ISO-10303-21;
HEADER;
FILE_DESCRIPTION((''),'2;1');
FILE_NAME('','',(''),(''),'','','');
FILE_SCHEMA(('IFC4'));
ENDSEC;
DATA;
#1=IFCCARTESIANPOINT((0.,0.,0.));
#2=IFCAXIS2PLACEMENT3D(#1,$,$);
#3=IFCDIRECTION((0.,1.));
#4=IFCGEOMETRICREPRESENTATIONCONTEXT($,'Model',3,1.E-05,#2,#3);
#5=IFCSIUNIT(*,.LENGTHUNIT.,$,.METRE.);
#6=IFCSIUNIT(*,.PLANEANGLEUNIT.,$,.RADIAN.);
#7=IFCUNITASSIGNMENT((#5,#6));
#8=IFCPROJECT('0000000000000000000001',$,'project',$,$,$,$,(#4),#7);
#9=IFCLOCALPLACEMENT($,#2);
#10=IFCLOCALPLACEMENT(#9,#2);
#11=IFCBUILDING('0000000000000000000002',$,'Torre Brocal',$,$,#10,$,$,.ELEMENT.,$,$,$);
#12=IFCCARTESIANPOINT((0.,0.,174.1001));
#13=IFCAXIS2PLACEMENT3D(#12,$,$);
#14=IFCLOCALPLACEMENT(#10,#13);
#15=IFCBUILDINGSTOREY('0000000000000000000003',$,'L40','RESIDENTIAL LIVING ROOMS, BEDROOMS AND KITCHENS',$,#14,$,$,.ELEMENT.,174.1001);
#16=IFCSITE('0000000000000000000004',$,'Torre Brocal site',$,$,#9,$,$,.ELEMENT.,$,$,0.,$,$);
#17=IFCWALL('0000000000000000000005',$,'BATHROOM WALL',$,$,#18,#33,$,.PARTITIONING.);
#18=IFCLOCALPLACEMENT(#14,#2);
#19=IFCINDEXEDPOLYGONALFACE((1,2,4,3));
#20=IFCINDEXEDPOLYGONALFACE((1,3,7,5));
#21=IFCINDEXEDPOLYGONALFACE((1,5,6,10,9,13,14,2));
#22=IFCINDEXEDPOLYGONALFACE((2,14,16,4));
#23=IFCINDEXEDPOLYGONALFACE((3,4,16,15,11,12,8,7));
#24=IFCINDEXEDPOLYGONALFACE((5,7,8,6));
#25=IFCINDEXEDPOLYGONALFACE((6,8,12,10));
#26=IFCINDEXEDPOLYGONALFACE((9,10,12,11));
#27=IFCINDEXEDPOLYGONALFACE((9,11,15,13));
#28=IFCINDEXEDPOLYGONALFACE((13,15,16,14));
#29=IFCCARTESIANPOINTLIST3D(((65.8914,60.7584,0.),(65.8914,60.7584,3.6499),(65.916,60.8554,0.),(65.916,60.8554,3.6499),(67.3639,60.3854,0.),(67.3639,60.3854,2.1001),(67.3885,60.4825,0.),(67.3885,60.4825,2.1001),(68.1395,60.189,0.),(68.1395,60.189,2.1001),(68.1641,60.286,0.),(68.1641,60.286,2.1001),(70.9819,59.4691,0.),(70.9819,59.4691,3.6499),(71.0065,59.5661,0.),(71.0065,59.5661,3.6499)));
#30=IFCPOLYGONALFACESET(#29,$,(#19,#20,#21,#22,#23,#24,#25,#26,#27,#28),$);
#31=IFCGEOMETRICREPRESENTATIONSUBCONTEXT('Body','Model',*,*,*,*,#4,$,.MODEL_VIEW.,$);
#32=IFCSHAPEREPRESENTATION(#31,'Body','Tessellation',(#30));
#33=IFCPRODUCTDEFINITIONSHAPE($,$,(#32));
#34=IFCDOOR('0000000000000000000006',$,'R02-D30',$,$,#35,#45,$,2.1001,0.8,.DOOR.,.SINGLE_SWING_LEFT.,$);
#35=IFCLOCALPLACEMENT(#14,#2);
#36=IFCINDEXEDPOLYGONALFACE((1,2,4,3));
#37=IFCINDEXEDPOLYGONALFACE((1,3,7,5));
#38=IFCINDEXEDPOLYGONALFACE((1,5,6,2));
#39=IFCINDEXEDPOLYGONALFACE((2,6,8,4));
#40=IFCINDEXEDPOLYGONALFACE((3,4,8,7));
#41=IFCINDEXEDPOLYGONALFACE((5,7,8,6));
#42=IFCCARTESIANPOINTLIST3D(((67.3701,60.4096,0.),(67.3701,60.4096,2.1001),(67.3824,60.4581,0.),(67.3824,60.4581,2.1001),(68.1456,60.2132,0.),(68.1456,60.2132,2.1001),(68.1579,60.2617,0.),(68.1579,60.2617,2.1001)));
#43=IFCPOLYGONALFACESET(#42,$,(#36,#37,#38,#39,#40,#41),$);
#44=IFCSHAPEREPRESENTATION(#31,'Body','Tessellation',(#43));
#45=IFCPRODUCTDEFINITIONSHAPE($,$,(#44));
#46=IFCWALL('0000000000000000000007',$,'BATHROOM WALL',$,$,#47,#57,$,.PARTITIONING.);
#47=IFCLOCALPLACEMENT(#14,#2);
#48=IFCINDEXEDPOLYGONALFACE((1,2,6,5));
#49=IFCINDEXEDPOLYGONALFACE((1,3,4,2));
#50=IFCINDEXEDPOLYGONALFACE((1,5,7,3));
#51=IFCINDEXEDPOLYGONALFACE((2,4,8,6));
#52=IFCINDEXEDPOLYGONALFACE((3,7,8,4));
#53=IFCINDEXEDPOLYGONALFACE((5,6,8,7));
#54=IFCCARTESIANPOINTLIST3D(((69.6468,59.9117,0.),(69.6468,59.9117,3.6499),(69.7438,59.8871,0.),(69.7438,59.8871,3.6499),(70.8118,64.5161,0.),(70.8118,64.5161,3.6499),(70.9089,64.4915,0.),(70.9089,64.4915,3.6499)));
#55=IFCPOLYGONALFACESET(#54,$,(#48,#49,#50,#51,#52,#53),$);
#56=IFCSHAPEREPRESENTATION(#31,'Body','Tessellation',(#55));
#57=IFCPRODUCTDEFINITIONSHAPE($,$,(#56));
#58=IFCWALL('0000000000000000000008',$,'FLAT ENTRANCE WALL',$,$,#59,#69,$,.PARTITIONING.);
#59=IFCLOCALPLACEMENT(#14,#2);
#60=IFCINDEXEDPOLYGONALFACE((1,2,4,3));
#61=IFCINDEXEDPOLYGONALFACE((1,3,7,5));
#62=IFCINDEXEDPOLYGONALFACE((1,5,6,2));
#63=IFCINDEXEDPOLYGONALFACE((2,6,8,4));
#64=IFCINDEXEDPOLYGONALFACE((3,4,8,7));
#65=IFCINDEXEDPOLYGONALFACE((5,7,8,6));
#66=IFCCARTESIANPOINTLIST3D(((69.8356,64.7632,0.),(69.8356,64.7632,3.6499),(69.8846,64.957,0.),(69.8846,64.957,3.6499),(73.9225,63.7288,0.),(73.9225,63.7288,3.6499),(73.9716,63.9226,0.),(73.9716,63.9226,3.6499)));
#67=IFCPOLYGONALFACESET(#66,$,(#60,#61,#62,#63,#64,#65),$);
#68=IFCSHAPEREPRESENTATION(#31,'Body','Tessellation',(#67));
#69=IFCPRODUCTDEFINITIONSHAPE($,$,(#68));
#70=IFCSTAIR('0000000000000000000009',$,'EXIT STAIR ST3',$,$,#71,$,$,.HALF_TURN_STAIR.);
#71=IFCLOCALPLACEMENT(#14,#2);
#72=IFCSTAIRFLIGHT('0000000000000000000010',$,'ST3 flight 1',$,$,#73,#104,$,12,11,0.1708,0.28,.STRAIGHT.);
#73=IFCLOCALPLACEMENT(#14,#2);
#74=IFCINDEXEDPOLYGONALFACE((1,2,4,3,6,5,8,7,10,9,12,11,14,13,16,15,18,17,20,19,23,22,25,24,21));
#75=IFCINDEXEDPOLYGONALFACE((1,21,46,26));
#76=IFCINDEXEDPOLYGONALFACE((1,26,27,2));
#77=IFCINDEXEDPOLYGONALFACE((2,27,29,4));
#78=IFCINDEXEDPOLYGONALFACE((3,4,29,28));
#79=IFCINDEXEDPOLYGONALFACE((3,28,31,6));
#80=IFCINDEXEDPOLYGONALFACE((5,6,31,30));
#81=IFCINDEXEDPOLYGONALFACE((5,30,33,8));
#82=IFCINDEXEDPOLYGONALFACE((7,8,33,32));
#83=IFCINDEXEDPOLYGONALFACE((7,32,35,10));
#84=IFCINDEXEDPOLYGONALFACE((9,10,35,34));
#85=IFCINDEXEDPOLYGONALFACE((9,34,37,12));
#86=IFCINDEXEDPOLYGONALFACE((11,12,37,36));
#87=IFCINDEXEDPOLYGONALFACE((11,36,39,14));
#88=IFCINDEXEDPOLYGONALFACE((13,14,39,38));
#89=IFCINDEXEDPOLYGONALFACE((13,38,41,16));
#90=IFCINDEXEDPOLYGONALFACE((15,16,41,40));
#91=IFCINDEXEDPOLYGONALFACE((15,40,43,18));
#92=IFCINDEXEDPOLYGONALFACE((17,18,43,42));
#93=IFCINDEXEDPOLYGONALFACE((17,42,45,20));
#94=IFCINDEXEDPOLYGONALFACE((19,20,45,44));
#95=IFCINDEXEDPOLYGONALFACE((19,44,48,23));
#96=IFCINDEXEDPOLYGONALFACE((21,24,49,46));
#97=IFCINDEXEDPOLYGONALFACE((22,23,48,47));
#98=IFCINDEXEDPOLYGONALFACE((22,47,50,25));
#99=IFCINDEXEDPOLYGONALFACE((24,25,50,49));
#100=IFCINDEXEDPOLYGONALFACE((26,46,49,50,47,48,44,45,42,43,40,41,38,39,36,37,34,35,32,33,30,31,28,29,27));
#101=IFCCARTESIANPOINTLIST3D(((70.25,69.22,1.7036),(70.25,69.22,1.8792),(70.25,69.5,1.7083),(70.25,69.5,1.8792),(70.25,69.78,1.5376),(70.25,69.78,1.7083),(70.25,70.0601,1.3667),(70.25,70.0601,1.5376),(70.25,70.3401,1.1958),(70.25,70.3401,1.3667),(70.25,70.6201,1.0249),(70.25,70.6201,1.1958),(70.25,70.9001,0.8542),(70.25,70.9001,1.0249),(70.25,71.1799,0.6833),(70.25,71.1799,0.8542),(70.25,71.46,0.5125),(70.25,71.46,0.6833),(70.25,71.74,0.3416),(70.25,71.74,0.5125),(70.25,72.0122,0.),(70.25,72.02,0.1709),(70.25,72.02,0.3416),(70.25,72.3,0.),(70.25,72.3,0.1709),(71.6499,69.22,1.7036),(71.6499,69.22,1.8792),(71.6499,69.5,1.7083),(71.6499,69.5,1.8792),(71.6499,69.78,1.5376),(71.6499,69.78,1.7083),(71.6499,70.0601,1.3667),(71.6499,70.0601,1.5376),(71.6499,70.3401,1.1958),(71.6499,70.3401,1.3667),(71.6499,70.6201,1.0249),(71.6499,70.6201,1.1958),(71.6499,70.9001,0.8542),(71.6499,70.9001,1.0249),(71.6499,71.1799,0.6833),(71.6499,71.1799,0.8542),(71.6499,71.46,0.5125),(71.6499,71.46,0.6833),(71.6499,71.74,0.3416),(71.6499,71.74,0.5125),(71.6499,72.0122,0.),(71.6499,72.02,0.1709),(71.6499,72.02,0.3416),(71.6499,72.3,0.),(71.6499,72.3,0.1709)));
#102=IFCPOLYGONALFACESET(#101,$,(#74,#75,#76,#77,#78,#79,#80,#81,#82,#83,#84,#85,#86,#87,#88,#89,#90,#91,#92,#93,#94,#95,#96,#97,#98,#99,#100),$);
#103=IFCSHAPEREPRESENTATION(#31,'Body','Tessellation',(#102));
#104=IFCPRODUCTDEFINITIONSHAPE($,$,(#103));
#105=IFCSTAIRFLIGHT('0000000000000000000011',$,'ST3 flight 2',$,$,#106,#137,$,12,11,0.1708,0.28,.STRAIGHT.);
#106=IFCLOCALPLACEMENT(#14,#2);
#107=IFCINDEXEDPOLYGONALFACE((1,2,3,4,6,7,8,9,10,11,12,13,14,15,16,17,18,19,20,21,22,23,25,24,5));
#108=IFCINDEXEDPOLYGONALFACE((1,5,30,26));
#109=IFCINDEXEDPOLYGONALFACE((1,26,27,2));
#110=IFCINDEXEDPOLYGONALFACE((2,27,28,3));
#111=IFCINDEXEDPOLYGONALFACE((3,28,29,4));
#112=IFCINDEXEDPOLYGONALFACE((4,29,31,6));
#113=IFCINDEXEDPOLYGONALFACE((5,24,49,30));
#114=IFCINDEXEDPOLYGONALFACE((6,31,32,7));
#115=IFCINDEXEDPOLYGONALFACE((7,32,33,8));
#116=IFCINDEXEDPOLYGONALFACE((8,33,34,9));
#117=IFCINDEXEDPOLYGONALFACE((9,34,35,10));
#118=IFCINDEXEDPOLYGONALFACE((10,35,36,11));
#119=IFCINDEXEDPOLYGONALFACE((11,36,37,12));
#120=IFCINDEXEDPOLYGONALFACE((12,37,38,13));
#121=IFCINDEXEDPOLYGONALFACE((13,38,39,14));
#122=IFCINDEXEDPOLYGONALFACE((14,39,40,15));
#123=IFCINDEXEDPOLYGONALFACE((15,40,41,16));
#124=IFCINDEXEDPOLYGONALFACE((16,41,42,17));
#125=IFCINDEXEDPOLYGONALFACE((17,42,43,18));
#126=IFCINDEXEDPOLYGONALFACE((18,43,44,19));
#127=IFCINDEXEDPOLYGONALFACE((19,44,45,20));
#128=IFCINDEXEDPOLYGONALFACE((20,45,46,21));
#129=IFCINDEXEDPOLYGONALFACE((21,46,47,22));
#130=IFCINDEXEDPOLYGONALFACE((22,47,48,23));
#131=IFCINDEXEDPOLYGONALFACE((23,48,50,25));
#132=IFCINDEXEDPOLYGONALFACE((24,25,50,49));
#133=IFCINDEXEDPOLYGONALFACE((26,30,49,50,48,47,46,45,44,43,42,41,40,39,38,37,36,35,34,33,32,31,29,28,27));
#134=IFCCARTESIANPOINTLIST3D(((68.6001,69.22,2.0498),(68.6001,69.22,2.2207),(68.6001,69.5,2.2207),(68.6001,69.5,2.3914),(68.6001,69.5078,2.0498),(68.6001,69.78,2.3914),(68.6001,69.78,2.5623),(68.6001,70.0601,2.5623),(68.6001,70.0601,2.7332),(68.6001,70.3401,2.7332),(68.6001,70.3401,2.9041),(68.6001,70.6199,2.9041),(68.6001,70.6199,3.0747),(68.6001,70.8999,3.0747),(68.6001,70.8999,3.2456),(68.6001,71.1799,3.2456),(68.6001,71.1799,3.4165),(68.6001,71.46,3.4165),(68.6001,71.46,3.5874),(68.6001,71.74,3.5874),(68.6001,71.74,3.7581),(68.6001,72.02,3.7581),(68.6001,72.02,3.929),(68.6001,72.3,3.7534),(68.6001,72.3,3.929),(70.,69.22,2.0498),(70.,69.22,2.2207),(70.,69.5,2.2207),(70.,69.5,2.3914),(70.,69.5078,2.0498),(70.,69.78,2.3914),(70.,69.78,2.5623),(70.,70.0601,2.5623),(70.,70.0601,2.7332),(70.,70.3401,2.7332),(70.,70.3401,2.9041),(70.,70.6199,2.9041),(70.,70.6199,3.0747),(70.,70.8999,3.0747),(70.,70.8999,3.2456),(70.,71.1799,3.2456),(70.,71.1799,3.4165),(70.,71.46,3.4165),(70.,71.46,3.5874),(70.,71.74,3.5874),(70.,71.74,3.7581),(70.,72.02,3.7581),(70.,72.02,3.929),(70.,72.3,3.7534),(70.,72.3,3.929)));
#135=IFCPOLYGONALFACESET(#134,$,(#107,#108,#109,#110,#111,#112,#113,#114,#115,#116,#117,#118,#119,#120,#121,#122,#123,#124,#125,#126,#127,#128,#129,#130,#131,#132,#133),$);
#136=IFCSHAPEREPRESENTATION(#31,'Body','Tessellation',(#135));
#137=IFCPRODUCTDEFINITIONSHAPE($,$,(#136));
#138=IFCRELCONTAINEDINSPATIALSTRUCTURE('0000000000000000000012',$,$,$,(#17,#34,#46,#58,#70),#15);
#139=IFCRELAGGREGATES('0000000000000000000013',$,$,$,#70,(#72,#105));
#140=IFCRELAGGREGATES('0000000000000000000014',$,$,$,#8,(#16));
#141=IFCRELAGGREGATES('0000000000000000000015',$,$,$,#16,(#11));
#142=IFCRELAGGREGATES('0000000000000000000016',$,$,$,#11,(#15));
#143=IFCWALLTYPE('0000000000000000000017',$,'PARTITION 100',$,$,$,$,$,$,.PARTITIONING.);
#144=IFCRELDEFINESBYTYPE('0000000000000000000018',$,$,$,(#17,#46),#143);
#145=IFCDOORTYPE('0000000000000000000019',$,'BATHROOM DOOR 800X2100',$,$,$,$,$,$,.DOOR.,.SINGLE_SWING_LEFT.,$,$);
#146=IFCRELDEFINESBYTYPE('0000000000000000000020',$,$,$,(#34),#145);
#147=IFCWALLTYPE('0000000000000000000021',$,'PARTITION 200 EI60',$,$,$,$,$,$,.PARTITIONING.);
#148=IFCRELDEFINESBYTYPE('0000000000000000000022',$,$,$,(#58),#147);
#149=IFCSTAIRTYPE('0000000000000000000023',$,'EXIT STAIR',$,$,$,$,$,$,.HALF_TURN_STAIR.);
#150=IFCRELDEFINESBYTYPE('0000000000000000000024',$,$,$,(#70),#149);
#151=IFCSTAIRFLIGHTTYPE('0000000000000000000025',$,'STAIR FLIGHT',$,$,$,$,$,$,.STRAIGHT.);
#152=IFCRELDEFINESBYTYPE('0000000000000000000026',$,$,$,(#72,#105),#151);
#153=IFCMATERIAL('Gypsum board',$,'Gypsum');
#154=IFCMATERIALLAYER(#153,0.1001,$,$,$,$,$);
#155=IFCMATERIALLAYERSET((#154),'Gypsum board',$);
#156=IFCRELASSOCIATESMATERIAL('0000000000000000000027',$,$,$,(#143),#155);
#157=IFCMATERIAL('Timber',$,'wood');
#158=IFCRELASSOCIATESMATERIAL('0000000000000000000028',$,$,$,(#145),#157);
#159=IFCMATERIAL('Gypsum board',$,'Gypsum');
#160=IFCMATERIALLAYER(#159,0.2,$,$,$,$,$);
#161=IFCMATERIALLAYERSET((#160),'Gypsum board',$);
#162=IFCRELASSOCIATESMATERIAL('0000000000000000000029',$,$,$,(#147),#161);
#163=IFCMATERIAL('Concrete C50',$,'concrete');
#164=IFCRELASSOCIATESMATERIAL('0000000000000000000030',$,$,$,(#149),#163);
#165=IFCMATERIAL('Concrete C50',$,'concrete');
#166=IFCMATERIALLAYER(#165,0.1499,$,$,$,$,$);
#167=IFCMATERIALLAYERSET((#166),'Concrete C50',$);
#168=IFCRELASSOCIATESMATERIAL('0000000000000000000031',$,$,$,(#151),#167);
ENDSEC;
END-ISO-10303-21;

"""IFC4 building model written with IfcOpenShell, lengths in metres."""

from ifc_helpers import new_model, si_unit, direction, frame, frame_2d, origin, place, context, subcontext, project, spatial, polyline, rectangle, outline, extrude, material, layer, layer_set, type_object, element, fill, aggregate, save


model = new_model("IFC4")

# Units and contexts
model_context = context("Model", 3, precision=1e-05, world=origin(), true_north=direction((0.0, 1.0)))
body_context = subcontext(model_context, "Body", "Model", "MODEL_VIEW")
ifc_project = project(units=[si_unit("LENGTHUNIT", "METRE"), si_unit("PLANEANGLEUNIT", "RADIAN")], contexts=[model_context])

# Site, building, storey
site_placement = place(None, origin())
site = spatial("IfcSite", under=ifc_project, at=site_placement, Name="Torre Brocal site", CompositionType="ELEMENT", RefElevation=0.0)
building_placement = place(site_placement, origin())
building = spatial("IfcBuilding", under=site, at=building_placement, Name="Torre Brocal", CompositionType="ELEMENT")
storey_placement = place(building_placement, frame((0.0, 0.0, 174.1001)))
storey = spatial("IfcBuildingStorey", under=building, at=storey_placement, Name="L40", Description="RESIDENTIAL LIVING ROOMS, BEDROOMS AND KITCHENS", CompositionType="ELEMENT", Elevation=174.1001)

# Wall, opening, door
ifc_material_1 = material(Name="Gypsum board", Category="Gypsum")
ifc_layer_1 = layer(ifc_material_1, 0.1001)
ifc_layer_set_1 = layer_set([ifc_layer_1], Name="Gypsum board")
wall_type_1 = type_object("IfcWallType", Name="PARTITION 100", PredefinedType="PARTITIONING", material=ifc_layer_set_1)
wall_1_placement = place(storey_placement, frame((65.9038, 60.8069, 0.0), z_axis=(0.0, 0.0, 1.0), x_axis=(0.969391, -0.245521, 0.0)))
wall_1 = element("IfcWall", 1, at=wall_1_placement, inside=storey, type_object=wall_type_1, Name="BATHROOM WALL", PredefinedType="PARTITIONING", context=body_context, shape_type="SweptSolid", body=[
    extrude(rectangle(XDim=5.2512, YDim=0.1001, at=frame_2d((2.6255, 0.0))), origin(), (0.0, 0.0, 1.0), 3.6499),
])
opening_1_placement = place(wall_1_placement, frame((1.519, 0.0, 0.0)))
opening_1 = element("IfcOpeningElement", 2, at=opening_1_placement, cuts=wall_1, PredefinedType="OPENING", context=body_context, shape_type="SweptSolid", body=[
    extrude(rectangle(XDim=0.8, YDim=2.1001, at=frame_2d((0.3999, 1.05))), frame((0.0, 0.0601, 0.0), z_axis=(0.0, -1.0, 0.0), x_axis=(1.0, 0.0, 0.0)), (0.0, 0.0, 1.0), 0.1201),
])
ifc_material_2 = material(Name="Timber", Category="wood")
door_type_1 = type_object("IfcDoorType", Name="BATHROOM DOOR 800X2100", OperationType="SINGLE_SWING_LEFT", PredefinedType="DOOR", material=ifc_material_2)
door_1_placement = place(opening_1_placement, origin())
door_1 = element("IfcDoor", 3, at=door_1_placement, inside=storey, type_object=door_type_1, Name="R02-D30", OperationType="SINGLE_SWING_LEFT", OverallHeight=2.1001, OverallWidth=0.8, PredefinedType="DOOR", context=body_context, shape_type="SweptSolid", body=[
    extrude(rectangle(XDim=0.8, YDim=2.1001, at=frame_2d((0.3999, 1.05))), frame((0.0, 0.0249, 0.0), z_axis=(0.0, -1.0, 0.0), x_axis=(1.0, 0.0, 0.0)), (0.0, 0.0, 1.0), 0.05),
])
fill(opening_1, door_1)

# Walls
wall_2_placement = place(storey_placement, frame((69.6953, 59.8994, 0.0), z_axis=(0.0, 0.0, 1.0), x_axis=(0.245292, 0.969449, 0.0)))
element("IfcWall", 4, at=wall_2_placement, inside=storey, type_object=wall_type_1, Name="BATHROOM WALL", PredefinedType="PARTITIONING", context=body_context, shape_type="SweptSolid", body=[
    extrude(rectangle(XDim=4.7495, YDim=0.1001, at=frame_2d((2.3748, 0.0))), origin(), (0.0, 0.0, 1.0), 3.6499),
])
ifc_material_3 = material(Name="Gypsum board", Category="Gypsum")
ifc_layer_2 = layer(ifc_material_3, 0.2)
ifc_layer_set_2 = layer_set([ifc_layer_2], Name="Gypsum board")
wall_type_2 = type_object("IfcWallType", Name="PARTITION 200 EI60", PredefinedType="PARTITIONING", material=ifc_layer_set_2)
wall_3_placement = place(storey_placement, frame((69.8601, 64.8601, 0.0), z_axis=(0.0, 0.0, 1.0), x_axis=(0.96943, -0.245369, 0.0)))
element("IfcWall", 5, at=wall_3_placement, inside=storey, type_object=wall_type_2, Name="FLAT ENTRANCE WALL", PredefinedType="PARTITIONING", context=body_context, shape_type="SweptSolid", body=[
    extrude(rectangle(XDim=4.2158, YDim=0.2, at=frame_2d((2.1079, 0.0))), origin(), (0.0, 0.0, 1.0), 3.6499),
])

# Stair, stair flights
ifc_material_4 = material(Name="Concrete C50", Category="concrete")
stair_type = type_object("IfcStairType", Name="EXIT STAIR", PredefinedType="HALF_TURN_STAIR", material=ifc_material_4)
stair_placement = place(storey_placement, origin())
stair = element("IfcStair", 6, at=stair_placement, inside=storey, type_object=stair_type, Name="EXIT STAIR ST3", PredefinedType="HALF_TURN_STAIR")
ifc_material_5 = material(Name="Concrete C50", Category="concrete")
ifc_layer_3 = layer(ifc_material_5, 0.1499)
ifc_layer_set_3 = layer_set([ifc_layer_3], Name="Concrete C50")
stair_flight_type = type_object("IfcStairFlightType", Name="STAIR FLIGHT", PredefinedType="STRAIGHT", material=ifc_layer_set_3)
stair_flight_1_placement = place(storey_placement, frame((70.95, 72.3, 0.0), z_axis=(0.0, 0.0, 1.0), x_axis=(0.0, -1.0, 0.0)))
stair_flight_1 = element("IfcStairFlight", 7, at=stair_flight_1_placement, type_object=stair_flight_type, Name="ST3 flight 1", NumberOfRisers=12, NumberOfTreads=11, PredefinedType="STRAIGHT", RiserHeight=0.1708, TreadLength=0.28, context=body_context, shape_type="SweptSolid", body=[
    extrude(outline(polyline([(0.0, 0.0), (0.0, 0.1709), (0.28, 0.1709), (0.28, 0.3416), (0.5601, 0.3416), (0.5601, 0.5125), (0.8401, 0.5125), (0.8401, 0.6833), (1.1201, 0.6833), (1.1201, 0.8542), (1.3999, 0.8542), (1.3999, 1.0249), (1.6799, 1.0249), (1.6799, 1.1958), (1.96, 1.1958), (1.96, 1.3667), (2.24, 1.3667), (2.24, 1.5376), (2.52, 1.5376), (2.52, 1.7083), (2.8, 1.7083), (2.8, 1.8792), (3.0801, 1.8792), (3.0801, 2.05), (3.0801, 1.7036), (0.2878, 0.0), (0.0, 0.0)])), frame((0.0, 0.7, 0.0), z_axis=(0.0, -1.0, 0.0), x_axis=(1.0, 0.0, 0.0)), (0.0, 0.0, 1.0), 1.3999),
])
stair_flight_2_placement = place(storey_placement, frame((69.3, 69.22, 2.0498), z_axis=(0.0, 0.0, 1.0), x_axis=(0.0, 1.0, 0.0)))
stair_flight_2 = element("IfcStairFlight", 8, at=stair_flight_2_placement, type_object=stair_flight_type, Name="ST3 flight 2", NumberOfRisers=12, NumberOfTreads=11, PredefinedType="STRAIGHT", RiserHeight=0.1708, TreadLength=0.28, context=body_context, shape_type="SweptSolid", body=[
    extrude(outline(polyline([(0.0, 0.0), (0.0, 0.1709), (0.28, 0.1709), (0.28, 0.3416), (0.5601, 0.3416), (0.5601, 0.5125), (0.8401, 0.5125), (0.8401, 0.6833), (1.1201, 0.6833), (1.1201, 0.8542), (1.3999, 0.8542), (1.3999, 1.0249), (1.6799, 1.0249), (1.6799, 1.1958), (1.96, 1.1958), (1.96, 1.3667), (2.24, 1.3667), (2.24, 1.5376), (2.52, 1.5376), (2.52, 1.7083), (2.8, 1.7083), (2.8, 1.8792), (3.0801, 1.8792), (3.0801, 2.05), (3.0801, 1.7036), (0.2878, 0.0), (0.0, 0.0)])), frame((0.0, 0.7, 0.0), z_axis=(0.0, -1.0, 0.0), x_axis=(1.0, 0.0, 0.0)), (0.0, 0.0, 1.0), 1.3999),
])
aggregate(stair, [stair_flight_1, stair_flight_2])

save(model, "model.ifc")
